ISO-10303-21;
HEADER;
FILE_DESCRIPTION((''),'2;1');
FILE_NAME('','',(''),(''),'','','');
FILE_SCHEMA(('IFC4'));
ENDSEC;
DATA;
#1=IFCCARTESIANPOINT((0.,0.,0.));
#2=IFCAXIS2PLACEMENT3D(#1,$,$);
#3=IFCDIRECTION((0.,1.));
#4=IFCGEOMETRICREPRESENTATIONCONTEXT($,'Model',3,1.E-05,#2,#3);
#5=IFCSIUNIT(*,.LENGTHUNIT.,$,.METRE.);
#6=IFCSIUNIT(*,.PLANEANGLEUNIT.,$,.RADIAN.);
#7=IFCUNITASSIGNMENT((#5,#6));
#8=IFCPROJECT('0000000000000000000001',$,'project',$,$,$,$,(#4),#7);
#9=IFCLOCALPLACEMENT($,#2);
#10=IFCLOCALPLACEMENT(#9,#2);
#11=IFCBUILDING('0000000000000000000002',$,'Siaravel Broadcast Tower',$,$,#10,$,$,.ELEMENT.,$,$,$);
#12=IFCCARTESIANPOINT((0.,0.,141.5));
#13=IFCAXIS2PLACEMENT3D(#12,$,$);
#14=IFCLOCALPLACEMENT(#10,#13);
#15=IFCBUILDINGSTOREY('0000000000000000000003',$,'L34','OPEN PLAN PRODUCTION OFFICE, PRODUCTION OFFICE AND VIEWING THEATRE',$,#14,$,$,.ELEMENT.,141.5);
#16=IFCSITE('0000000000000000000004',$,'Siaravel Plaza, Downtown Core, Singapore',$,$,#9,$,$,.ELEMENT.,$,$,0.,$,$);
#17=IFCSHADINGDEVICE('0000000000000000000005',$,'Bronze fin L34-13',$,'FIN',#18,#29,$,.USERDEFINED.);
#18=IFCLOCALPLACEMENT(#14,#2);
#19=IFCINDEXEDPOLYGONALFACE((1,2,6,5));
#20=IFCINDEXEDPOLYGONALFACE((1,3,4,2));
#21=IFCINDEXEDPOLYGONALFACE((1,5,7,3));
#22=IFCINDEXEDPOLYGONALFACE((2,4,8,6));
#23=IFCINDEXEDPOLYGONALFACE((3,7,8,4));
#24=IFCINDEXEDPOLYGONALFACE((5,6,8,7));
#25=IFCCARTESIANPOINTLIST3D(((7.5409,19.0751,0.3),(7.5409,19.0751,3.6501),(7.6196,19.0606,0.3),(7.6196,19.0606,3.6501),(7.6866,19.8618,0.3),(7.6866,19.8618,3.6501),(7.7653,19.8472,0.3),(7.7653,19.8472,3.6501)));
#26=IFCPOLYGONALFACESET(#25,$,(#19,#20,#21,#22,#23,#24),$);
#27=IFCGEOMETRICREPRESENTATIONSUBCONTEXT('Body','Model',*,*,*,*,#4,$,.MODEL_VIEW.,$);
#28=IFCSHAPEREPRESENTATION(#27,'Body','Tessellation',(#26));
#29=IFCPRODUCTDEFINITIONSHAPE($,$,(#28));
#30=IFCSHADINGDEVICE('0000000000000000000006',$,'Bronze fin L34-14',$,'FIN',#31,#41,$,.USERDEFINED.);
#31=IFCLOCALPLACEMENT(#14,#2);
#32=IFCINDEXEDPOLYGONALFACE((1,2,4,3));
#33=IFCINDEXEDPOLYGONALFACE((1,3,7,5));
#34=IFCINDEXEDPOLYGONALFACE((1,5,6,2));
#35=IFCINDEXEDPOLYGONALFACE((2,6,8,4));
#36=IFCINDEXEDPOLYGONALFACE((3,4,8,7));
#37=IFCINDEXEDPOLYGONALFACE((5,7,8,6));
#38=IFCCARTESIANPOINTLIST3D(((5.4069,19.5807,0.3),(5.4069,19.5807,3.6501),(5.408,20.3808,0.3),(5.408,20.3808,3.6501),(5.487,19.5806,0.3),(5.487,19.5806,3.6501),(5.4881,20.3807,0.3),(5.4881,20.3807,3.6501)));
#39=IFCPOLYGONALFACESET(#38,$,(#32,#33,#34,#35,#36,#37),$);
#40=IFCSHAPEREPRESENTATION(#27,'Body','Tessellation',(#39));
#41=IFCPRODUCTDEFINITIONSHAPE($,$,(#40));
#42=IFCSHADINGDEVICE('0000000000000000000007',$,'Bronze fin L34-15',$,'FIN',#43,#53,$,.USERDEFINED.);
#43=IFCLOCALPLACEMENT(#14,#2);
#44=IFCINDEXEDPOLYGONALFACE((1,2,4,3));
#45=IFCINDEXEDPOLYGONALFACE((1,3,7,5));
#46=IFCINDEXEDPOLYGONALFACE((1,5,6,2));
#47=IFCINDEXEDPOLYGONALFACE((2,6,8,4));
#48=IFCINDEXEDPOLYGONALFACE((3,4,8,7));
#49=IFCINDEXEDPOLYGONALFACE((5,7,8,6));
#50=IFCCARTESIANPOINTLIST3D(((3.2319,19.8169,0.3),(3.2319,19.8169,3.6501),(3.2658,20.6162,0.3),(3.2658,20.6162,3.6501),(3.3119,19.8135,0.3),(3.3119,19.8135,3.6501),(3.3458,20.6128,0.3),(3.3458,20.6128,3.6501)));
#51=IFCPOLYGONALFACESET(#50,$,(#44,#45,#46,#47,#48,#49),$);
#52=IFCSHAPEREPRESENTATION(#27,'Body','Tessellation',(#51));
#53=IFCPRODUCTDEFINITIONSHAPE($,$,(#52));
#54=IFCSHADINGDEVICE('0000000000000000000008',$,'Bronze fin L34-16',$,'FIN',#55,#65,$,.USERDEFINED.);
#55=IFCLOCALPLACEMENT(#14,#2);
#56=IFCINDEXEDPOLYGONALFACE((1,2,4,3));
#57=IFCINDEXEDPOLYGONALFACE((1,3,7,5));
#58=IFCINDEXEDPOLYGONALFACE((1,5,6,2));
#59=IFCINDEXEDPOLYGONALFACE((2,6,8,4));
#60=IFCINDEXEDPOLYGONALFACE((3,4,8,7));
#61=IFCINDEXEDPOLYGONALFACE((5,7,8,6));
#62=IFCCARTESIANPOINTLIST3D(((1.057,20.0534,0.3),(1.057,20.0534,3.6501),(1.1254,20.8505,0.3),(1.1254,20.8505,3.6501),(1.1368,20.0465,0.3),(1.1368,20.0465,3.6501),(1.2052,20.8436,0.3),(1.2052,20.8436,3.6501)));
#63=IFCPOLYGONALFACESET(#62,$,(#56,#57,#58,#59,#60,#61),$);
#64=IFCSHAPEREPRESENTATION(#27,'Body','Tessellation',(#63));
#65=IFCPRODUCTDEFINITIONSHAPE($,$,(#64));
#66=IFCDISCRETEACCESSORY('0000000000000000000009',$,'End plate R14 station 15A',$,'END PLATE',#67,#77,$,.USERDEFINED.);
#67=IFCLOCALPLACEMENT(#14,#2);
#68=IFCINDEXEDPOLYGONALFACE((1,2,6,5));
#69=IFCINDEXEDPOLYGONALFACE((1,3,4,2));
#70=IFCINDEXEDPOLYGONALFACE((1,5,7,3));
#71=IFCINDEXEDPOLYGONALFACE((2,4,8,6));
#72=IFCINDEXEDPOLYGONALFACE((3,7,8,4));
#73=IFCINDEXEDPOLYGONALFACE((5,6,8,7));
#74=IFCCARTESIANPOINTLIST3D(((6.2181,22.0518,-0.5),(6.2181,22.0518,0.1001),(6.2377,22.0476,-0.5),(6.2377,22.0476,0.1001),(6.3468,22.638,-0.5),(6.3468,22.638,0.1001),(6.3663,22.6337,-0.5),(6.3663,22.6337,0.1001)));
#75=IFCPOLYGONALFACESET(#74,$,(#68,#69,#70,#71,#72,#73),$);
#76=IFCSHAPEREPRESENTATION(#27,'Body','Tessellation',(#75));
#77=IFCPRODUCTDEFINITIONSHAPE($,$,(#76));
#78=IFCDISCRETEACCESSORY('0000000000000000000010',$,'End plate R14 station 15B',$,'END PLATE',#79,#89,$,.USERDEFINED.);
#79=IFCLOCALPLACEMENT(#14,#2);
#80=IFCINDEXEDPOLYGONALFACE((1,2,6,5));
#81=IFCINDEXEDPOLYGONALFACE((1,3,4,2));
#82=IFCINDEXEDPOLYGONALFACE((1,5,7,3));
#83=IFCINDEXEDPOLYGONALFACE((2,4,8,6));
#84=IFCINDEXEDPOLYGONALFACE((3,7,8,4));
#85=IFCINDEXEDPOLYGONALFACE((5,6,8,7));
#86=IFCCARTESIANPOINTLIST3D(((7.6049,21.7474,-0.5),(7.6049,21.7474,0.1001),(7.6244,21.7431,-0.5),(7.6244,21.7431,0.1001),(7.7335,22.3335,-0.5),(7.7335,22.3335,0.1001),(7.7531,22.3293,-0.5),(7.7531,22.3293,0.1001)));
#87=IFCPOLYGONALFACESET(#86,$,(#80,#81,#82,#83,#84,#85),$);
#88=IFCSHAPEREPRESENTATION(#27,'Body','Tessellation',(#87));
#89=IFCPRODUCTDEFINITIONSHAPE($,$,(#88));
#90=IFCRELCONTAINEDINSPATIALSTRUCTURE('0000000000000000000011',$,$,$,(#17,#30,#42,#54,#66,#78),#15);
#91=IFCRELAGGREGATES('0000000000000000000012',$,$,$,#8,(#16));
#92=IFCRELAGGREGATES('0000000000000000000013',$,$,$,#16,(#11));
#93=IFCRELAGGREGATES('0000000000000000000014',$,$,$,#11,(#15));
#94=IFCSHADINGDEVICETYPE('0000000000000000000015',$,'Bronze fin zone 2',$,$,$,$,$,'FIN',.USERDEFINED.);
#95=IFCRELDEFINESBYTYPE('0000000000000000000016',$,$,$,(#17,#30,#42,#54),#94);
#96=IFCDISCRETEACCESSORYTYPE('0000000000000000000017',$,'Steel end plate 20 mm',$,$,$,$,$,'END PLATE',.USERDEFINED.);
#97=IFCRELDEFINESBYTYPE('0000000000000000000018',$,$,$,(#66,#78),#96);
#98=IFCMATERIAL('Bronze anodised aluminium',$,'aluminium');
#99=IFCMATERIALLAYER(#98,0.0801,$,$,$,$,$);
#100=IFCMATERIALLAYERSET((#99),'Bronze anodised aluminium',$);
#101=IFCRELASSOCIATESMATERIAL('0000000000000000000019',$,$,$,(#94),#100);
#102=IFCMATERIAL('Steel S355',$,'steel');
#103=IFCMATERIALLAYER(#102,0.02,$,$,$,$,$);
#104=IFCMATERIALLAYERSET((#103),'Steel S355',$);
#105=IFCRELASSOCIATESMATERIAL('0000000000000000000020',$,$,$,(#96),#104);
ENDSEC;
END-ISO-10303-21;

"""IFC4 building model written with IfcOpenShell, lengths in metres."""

from ifc_helpers import new_model, si_unit, direction, frame, origin, origin_2d, place, context, subcontext, project, spatial, rectangle, extrude, material, layer, layer_set, type_object, element, save


model = new_model("IFC4")

# Units and contexts
model_context = context("Model", 3, precision=1e-05, world=origin(), true_north=direction((0.0, 1.0)))
body_context = subcontext(model_context, "Body", "Model", "MODEL_VIEW")
ifc_project = project(units=[si_unit("LENGTHUNIT", "METRE"), si_unit("PLANEANGLEUNIT", "RADIAN")], contexts=[model_context])

# Site, building, storey
site_placement = place(None, origin())
site = spatial("IfcSite", under=ifc_project, at=site_placement, Name="Siaravel Plaza, Downtown Core, Singapore", CompositionType="ELEMENT", RefElevation=0.0)
building_placement = place(site_placement, origin())
building = spatial("IfcBuilding", under=site, at=building_placement, Name="Siaravel Broadcast Tower", CompositionType="ELEMENT")
storey_placement = place(building_placement, frame((0.0, 0.0, 141.5)))
storey = spatial("IfcBuildingStorey", under=building, at=storey_placement, Name="L34", Description="OPEN PLAN PRODUCTION OFFICE, PRODUCTION OFFICE AND VIEWING THEATRE", CompositionType="ELEMENT", Elevation=141.5)

# Shared definitions
ifc_material_1 = material(Name="Steel S355", Category="steel")

# Shading devices
ifc_material_2 = material(Name="Bronze anodised aluminium", Category="aluminium")
ifc_layer_1 = layer(ifc_material_2, 0.0801)
ifc_layer_set_1 = layer_set([ifc_layer_1], Name="Bronze anodised aluminium")
shading_device_type = type_object("IfcShadingDeviceType", Name="Bronze fin zone 2", ElementType="FIN", PredefinedType="USERDEFINED", material=ifc_layer_set_1)
for number, where, z_axis, x_axis, name in (
    (1, (7.6531, 19.4612, 0.3), (0.0, 0.0, 1.0), (0.182131, 0.983274, 0.0), "Bronze fin L34-13"),
    (2, (5.4475, 19.9807, 0.3), (0.0, 0.0, 1.0), (0.001307, 0.999999, 0.0), "Bronze fin L34-14"),
    (3, (3.2888, 20.2148, 0.3), (0.0, 0.0, 1.0), (0.042406, 0.9991, 0.0), "Bronze fin L34-15"),
    (4, (1.1311, 20.4485, 0.3), (0.0, 0.0, 1.0), (0.085556, 0.996333, 0.0), "Bronze fin L34-16"),
):
    element("IfcShadingDevice", number, at=place(storey_placement, frame(where, z_axis=z_axis, x_axis=x_axis)), inside=storey, type_object=shading_device_type, Name=name, ObjectType="FIN", PredefinedType="USERDEFINED", context=body_context, shape_type="SweptSolid", body=[
        extrude(rectangle(XDim=0.8, YDim=0.0801, at=origin_2d()), origin(), (0.0, 0.0, 1.0), 3.3501),
    ])

# Discrete accessories
ifc_layer_2 = layer(ifc_material_1, 0.02)
ifc_layer_set_2 = layer_set([ifc_layer_2], Name="Steel S355")
discrete_accessory_type = type_object("IfcDiscreteAccessoryType", Name="Steel end plate 20 mm", ElementType="END PLATE", PredefinedType="USERDEFINED", material=ifc_layer_set_2)
for number, where, z_axis, x_axis, name in (
    (5, (6.2922, 22.3428, -0.5), (0.0, 0.0, 1.0), (-0.976751, 0.214379, 0.0), "End plate R14 station 15A"),
    (6, (7.679, 22.0383, -0.5), (0.0, 0.0, 1.0), (-0.976751, 0.214379, 0.0), "End plate R14 station 15B"),
):
    element("IfcDiscreteAccessory", number, at=place(storey_placement, frame(where, z_axis=z_axis, x_axis=x_axis)), inside=storey, type_object=discrete_accessory_type, Name=name, ObjectType="END PLATE", PredefinedType="USERDEFINED", context=body_context, shape_type="SweptSolid", body=[
        extrude(rectangle(XDim=0.02, YDim=0.6001, at=origin_2d()), origin(), (0.0, 0.0, 1.0), 0.6001),
    ])

save(model, "model.ifc")
